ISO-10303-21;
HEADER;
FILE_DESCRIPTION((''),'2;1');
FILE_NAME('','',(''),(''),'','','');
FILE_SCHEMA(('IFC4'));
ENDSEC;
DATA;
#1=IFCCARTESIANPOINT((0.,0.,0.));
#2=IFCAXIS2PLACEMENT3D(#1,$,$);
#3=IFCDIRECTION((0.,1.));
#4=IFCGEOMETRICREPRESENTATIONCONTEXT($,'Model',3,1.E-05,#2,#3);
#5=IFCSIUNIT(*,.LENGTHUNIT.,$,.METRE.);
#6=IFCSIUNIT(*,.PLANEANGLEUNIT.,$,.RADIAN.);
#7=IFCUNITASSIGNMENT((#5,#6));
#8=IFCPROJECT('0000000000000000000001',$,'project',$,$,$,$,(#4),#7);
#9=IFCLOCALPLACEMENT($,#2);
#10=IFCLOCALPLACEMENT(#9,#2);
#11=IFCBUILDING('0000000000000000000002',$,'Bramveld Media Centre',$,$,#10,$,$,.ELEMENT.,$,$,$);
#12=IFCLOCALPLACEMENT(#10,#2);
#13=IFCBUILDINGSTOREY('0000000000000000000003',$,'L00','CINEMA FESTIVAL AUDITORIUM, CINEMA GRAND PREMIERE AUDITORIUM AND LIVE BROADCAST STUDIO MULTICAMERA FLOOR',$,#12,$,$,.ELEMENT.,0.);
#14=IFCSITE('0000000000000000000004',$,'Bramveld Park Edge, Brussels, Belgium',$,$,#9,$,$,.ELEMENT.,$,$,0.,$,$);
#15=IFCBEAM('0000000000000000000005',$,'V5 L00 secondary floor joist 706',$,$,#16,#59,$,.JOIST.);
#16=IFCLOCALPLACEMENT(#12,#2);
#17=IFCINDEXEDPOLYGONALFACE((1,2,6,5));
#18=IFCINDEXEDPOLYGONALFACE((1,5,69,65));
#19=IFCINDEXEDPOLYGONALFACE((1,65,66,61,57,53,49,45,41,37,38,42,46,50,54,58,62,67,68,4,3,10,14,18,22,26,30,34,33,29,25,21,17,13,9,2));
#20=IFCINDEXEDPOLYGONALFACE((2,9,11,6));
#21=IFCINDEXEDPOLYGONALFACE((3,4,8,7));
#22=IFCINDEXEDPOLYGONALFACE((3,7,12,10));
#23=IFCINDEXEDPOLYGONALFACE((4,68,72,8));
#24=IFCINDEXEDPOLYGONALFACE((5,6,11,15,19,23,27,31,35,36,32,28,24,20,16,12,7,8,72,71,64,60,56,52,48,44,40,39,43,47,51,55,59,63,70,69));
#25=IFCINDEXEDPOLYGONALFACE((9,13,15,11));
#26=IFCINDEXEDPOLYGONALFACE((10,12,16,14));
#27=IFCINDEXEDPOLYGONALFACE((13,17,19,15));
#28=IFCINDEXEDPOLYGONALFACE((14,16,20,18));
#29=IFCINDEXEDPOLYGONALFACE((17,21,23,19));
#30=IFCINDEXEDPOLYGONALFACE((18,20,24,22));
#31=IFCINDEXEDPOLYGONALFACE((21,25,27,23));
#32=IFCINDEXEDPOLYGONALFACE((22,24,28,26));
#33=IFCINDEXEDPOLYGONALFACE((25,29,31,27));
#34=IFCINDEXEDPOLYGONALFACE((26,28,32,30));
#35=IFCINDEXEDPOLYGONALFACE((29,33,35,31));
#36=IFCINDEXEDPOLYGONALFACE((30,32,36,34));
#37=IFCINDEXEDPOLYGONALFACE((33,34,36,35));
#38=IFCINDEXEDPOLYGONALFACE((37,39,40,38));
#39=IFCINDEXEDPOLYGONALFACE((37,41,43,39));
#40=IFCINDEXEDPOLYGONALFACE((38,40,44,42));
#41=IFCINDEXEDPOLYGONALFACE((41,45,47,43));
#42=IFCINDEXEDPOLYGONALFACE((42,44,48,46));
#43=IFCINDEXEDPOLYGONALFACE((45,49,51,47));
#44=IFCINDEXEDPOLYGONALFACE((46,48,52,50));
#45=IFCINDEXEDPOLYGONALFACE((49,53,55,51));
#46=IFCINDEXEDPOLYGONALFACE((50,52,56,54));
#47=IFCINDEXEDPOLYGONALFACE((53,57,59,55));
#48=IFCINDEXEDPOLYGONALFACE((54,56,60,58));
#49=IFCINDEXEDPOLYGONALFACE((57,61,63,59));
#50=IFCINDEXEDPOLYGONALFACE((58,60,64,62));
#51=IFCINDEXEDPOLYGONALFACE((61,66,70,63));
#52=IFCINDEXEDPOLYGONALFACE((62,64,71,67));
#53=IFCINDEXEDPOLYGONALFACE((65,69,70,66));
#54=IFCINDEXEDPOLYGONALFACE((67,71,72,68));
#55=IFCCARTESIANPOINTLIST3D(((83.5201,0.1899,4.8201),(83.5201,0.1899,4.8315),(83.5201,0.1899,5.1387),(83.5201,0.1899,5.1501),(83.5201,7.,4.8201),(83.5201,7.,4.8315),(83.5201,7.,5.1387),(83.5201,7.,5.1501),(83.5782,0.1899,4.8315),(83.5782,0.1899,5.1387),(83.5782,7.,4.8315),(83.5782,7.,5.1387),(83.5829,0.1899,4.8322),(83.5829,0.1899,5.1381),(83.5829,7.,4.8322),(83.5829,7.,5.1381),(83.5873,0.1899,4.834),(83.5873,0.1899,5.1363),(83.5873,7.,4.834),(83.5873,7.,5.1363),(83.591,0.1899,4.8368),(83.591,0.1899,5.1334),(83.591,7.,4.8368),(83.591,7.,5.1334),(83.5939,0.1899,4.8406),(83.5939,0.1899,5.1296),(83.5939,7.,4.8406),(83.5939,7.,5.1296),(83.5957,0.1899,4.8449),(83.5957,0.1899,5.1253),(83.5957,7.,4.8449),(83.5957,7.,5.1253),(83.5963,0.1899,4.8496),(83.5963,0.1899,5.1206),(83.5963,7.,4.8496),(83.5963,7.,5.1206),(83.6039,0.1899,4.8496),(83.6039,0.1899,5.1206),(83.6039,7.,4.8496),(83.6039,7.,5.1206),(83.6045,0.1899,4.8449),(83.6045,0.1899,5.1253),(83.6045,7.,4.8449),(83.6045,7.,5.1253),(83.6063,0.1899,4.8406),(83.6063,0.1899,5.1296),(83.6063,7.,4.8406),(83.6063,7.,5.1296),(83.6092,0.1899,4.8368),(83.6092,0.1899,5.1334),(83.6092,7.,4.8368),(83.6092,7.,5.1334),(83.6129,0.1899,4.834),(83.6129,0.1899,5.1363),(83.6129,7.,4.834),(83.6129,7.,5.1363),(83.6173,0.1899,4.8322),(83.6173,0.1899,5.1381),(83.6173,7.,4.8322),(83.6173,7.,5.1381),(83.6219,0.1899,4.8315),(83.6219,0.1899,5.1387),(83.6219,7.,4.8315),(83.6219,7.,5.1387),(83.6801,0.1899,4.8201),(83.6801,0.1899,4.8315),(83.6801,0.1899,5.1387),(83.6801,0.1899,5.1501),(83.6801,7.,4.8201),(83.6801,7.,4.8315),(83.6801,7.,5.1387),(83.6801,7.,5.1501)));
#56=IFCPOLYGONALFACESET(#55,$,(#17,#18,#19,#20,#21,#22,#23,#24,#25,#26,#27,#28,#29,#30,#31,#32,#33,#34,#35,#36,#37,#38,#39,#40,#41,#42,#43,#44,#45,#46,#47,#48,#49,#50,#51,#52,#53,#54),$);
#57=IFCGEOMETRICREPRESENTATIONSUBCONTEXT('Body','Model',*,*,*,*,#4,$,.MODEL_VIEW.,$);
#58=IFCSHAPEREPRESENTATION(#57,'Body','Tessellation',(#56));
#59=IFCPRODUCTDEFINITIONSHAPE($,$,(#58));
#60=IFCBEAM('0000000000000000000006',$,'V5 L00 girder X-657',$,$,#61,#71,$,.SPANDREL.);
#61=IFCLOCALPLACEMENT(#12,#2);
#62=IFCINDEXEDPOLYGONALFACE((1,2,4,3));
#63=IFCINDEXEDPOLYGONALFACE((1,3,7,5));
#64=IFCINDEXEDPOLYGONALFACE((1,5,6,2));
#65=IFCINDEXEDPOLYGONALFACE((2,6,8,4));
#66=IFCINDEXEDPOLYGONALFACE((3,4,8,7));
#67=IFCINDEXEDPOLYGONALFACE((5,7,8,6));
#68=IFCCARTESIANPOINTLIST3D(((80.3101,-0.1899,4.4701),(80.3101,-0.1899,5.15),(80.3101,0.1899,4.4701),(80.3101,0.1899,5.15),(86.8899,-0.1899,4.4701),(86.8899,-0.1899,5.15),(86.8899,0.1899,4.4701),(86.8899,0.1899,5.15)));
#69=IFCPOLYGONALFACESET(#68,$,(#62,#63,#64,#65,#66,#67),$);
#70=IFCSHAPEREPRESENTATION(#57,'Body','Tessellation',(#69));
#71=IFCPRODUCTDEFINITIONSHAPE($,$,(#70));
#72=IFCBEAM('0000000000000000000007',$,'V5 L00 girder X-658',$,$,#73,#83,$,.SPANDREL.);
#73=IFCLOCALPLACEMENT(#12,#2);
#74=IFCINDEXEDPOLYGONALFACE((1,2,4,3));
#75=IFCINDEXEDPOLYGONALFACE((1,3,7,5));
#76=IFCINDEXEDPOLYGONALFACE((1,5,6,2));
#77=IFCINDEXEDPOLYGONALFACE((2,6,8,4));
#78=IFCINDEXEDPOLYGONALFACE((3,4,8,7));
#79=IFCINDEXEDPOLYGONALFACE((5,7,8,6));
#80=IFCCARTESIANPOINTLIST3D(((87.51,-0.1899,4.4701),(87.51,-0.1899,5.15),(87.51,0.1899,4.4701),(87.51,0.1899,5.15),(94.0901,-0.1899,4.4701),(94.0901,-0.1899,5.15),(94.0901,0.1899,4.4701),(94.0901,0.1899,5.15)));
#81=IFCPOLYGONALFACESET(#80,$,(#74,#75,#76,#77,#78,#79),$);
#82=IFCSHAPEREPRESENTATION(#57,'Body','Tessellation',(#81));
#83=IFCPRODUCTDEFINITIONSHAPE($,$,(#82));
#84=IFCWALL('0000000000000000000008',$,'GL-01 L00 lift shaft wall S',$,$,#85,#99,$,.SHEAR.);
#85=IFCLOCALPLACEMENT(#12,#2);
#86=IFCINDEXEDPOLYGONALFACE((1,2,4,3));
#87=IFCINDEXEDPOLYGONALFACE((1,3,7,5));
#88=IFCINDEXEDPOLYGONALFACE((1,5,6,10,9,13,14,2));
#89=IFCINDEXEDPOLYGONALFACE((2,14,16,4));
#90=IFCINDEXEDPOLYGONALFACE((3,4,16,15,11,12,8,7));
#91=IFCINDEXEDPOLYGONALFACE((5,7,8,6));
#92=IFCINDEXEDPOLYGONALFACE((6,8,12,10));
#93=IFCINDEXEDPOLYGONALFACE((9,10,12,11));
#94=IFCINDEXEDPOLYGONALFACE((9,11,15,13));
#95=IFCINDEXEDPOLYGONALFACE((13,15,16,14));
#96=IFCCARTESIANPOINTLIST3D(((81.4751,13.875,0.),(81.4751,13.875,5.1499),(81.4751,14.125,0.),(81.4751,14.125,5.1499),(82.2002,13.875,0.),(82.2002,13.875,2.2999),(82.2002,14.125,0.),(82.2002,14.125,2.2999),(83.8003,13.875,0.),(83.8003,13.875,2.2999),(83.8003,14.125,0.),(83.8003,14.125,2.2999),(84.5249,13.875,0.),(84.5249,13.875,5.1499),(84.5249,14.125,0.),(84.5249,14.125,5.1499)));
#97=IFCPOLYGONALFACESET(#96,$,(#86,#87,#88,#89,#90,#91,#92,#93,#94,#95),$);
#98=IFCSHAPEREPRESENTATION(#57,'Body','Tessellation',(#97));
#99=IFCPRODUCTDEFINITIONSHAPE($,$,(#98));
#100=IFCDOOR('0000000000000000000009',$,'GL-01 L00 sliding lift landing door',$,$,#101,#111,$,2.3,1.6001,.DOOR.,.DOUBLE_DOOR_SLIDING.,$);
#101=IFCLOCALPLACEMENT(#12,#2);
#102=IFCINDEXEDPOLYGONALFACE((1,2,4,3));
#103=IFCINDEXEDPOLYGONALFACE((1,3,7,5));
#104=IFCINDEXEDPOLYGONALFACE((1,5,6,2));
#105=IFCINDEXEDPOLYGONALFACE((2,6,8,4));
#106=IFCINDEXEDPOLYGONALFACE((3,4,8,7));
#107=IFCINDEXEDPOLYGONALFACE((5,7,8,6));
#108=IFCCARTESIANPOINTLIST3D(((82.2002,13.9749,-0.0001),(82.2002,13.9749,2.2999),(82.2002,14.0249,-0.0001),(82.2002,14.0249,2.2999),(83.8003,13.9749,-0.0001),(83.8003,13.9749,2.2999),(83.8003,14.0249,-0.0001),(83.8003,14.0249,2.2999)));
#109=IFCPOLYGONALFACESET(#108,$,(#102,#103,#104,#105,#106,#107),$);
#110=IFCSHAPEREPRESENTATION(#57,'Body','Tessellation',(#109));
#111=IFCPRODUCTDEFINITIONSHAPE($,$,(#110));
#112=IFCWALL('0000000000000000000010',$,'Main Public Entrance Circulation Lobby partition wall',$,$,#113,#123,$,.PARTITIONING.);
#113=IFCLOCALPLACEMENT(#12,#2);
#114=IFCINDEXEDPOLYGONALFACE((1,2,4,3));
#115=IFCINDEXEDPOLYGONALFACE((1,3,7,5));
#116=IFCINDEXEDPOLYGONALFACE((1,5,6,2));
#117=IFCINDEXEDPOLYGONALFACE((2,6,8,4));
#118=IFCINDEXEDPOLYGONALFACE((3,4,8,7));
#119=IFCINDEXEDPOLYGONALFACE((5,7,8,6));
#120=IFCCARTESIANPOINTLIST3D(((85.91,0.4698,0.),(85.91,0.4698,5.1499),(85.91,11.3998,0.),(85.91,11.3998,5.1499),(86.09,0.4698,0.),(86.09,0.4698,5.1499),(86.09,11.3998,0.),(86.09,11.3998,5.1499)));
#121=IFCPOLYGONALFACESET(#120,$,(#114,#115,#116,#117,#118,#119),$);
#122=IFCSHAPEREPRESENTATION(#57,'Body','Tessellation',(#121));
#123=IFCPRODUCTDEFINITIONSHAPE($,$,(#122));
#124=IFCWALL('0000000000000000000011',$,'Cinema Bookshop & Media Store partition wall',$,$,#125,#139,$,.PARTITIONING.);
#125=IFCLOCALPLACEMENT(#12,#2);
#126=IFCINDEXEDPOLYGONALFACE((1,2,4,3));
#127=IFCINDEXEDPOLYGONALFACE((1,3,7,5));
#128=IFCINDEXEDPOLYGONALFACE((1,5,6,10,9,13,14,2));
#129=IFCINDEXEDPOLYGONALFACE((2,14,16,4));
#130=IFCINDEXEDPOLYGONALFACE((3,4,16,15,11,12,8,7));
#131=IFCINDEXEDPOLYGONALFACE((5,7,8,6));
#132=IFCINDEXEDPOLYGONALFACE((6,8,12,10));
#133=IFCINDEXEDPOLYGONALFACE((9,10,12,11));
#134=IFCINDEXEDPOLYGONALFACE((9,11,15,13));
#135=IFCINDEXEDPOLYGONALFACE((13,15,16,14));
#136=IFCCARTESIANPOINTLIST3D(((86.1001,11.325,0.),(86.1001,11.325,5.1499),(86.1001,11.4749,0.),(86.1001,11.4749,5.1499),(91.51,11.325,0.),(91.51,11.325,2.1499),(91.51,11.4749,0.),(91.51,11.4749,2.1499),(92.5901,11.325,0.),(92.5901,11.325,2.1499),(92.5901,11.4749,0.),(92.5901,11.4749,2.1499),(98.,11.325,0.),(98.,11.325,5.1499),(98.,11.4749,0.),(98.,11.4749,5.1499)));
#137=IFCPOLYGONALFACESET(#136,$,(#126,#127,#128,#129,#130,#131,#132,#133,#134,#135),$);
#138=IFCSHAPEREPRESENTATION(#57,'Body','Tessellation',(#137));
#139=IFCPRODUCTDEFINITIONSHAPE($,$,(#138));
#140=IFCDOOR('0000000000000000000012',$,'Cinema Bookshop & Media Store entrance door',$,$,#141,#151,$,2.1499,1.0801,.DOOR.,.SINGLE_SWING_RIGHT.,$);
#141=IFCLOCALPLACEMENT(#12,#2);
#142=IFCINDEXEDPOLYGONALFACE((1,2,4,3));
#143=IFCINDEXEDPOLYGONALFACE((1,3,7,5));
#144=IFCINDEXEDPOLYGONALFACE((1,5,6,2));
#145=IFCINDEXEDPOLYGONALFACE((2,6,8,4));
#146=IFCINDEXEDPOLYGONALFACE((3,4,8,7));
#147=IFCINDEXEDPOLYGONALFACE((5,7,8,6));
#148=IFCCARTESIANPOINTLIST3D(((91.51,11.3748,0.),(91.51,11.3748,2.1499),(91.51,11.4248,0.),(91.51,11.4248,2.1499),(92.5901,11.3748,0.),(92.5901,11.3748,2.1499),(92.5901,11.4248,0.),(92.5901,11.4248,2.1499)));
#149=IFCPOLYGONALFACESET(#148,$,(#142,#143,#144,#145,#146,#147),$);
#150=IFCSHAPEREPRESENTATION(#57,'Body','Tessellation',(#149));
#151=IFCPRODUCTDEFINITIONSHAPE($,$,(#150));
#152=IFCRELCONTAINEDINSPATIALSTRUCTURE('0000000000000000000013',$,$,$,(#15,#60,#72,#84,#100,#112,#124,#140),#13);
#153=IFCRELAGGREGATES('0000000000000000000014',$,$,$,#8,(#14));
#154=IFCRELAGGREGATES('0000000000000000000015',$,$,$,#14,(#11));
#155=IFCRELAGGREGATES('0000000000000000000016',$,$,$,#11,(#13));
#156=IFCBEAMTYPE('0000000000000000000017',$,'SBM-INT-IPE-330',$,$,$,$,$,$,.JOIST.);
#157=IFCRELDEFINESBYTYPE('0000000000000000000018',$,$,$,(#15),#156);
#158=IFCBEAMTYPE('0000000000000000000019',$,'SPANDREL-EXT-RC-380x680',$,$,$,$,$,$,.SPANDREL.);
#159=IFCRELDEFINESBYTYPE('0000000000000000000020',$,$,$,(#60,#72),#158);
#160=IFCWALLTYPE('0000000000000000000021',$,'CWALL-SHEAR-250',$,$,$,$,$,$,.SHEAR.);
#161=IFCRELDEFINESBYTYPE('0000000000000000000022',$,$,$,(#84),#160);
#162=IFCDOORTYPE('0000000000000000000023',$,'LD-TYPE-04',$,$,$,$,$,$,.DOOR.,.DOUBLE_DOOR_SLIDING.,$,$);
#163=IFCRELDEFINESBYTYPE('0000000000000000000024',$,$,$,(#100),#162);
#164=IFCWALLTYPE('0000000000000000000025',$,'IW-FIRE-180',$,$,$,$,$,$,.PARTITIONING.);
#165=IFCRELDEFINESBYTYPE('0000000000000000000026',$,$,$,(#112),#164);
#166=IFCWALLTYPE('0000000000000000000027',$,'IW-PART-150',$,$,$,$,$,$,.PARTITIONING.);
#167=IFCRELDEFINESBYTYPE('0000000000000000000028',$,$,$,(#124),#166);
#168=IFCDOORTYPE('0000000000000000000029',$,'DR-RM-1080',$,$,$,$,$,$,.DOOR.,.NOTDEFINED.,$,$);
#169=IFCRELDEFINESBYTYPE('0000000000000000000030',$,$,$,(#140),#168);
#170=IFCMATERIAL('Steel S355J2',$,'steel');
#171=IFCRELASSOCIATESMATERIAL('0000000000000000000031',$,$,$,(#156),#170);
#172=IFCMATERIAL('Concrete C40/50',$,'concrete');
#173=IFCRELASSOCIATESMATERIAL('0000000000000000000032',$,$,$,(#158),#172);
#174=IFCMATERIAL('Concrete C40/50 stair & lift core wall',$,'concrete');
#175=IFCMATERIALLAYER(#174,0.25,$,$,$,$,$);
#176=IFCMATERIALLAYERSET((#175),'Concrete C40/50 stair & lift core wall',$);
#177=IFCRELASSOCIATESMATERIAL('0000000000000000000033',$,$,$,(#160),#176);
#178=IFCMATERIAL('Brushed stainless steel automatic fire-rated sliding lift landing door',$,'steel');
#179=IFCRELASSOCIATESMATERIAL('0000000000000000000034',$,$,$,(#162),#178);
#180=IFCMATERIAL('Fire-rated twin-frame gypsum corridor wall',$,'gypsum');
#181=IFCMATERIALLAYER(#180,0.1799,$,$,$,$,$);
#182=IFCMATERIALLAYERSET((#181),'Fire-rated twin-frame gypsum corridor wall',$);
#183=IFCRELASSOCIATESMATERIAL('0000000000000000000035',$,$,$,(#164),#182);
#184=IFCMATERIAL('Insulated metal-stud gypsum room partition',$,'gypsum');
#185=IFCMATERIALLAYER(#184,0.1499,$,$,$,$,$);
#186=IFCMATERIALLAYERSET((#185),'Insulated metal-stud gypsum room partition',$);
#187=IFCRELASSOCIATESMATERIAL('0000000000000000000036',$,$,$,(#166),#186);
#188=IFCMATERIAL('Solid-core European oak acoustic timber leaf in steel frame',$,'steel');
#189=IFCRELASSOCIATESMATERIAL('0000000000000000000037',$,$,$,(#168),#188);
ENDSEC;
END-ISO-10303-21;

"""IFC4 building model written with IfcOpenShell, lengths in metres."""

from ifc_helpers import new_model, si_unit, direction, frame, frame_2d, origin, origin_2d, place, context, subcontext, project, spatial, rectangle, i_section, extrude, material, layer, layer_set, material_profile, profile_set, type_object, element, fill, save


model = new_model("IFC4")

# Units and contexts
model_context = context("Model", 3, precision=1e-05, world=origin(), true_north=direction((0.0, 1.0)))
body_context = subcontext(model_context, "Body", "Model", "MODEL_VIEW")
ifc_project = project(units=[si_unit("LENGTHUNIT", "METRE"), si_unit("PLANEANGLEUNIT", "RADIAN")], contexts=[model_context])

# Site, building, storey
site_placement = place(None, origin())
site = spatial("IfcSite", under=ifc_project, at=site_placement, Name="Bramveld Park Edge, Brussels, Belgium", CompositionType="ELEMENT", RefElevation=0.0)
building_placement = place(site_placement, origin())
building = spatial("IfcBuilding", under=site, at=building_placement, Name="Bramveld Media Centre", CompositionType="ELEMENT")
storey_placement = place(building_placement, origin())
storey = spatial("IfcBuildingStorey", under=building, at=storey_placement, Name="L00", Description="CINEMA FESTIVAL AUDITORIUM, CINEMA GRAND PREMIERE AUDITORIUM AND LIVE BROADCAST STUDIO MULTICAMERA FLOOR", CompositionType="ELEMENT", Elevation=0.0)

# Beams
ifc_material_1 = material(Name="Steel S355J2", Category="steel")
ifc_material_profile_1 = material_profile(ifc_material_1, i_section(OverallWidth=0.1599, OverallDepth=0.3301, WebThickness=0.0076, FlangeThickness=0.0115, FilletRadius=0.0181, at=origin_2d()), Name="IPE 330")
ifc_profile_set_1 = profile_set([ifc_material_profile_1], Name="Steel S355J2")
beam_type_1 = type_object("IfcBeamType", Name="SBM-INT-IPE-330", PredefinedType="JOIST", material=ifc_profile_set_1)
beam_1_placement = place(storey_placement, frame((83.6001, 0.1899, 4.9851), z_axis=(0.0, 1.0, 0.0), x_axis=(-1.0, 0.0, 0.0)))
element("IfcBeam", 1, at=beam_1_placement, inside=storey, type_object=beam_type_1, Name="V5 L00 secondary floor joist 706", PredefinedType="JOIST", context=body_context, shape_type="SweptSolid", body=[
    extrude(i_section(OverallWidth=0.1599, OverallDepth=0.3301, WebThickness=0.0076, FlangeThickness=0.0115, FilletRadius=0.0181, at=origin_2d()), origin(), (0.0, 0.0, 1.0), 6.8101),
])
ifc_material_2 = material(Name="Concrete C40/50", Category="concrete")
ifc_material_profile_2 = material_profile(ifc_material_2, rectangle(XDim=0.3799, YDim=0.6799, at=origin_2d()), Name="RC 380x680")
ifc_profile_set_2 = profile_set([ifc_material_profile_2], Name="Concrete C40/50")
beam_type_2 = type_object("IfcBeamType", Name="SPANDREL-EXT-RC-380x680", PredefinedType="SPANDREL", material=ifc_profile_set_2)
beam_2_placement = place(storey_placement, frame((80.3101, 0.0, 4.8101), z_axis=(1.0, 0.0, 0.0), x_axis=(0.0, 1.0, 0.0)))
element("IfcBeam", 2, at=beam_2_placement, inside=storey, type_object=beam_type_2, Name="V5 L00 girder X-657", PredefinedType="SPANDREL", context=body_context, shape_type="SweptSolid", body=[
    extrude(rectangle(XDim=0.3799, YDim=0.6799, at=origin_2d()), origin(), (0.0, 0.0, 1.0), 6.5798),
])
beam_3_placement = place(storey_placement, frame((87.51, 0.0, 4.8101), z_axis=(1.0, 0.0, 0.0), x_axis=(0.0, 1.0, 0.0)))
element("IfcBeam", 3, at=beam_3_placement, inside=storey, type_object=beam_type_2, Name="V5 L00 girder X-658", PredefinedType="SPANDREL", context=body_context, shape_type="SweptSolid", body=[
    extrude(rectangle(XDim=0.3799, YDim=0.6799, at=origin_2d()), origin(), (0.0, 0.0, 1.0), 6.5801),
])

# Wall, opening, door
ifc_material_3 = material(Name="Concrete C40/50 stair & lift core wall", Category="concrete")
ifc_layer_1 = layer(ifc_material_3, 0.25)
ifc_layer_set_1 = layer_set([ifc_layer_1], Name="Concrete C40/50 stair & lift core wall")
wall_type_1 = type_object("IfcWallType", Name="CWALL-SHEAR-250", PredefinedType="SHEAR", material=ifc_layer_set_1)
wall_1_placement = place(storey_placement, frame((81.4751, 14.0, 0.0), z_axis=(0.0, 0.0, 1.0), x_axis=(1.0, 0.0, 0.0)))
wall_1 = element("IfcWall", 4, at=wall_1_placement, inside=storey, type_object=wall_type_1, Name="GL-01 L00 lift shaft wall S", PredefinedType="SHEAR", context=body_context, shape_type="SweptSolid", body=[
    extrude(rectangle(XDim=3.0498, YDim=0.25, at=frame_2d((1.5249, 0.0))), origin(), (0.0, 0.0, 1.0), 5.1499),
])
opening_1_placement = place(wall_1_placement, frame((0.7251, 0.0, 0.0)))
opening_1 = element("IfcOpeningElement", 5, at=opening_1_placement, cuts=wall_1, PredefinedType="OPENING", context=body_context, shape_type="SweptSolid", body=[
    extrude(rectangle(XDim=1.6001, YDim=2.3, at=frame_2d((0.8, 1.1499))), frame((0.0, 0.137, 0.0), z_axis=(0.0, -1.0, 0.0), x_axis=(1.0, 0.0, 0.0)), (0.0, 0.0, 1.0), 0.2739),
])
ifc_material_4 = material(Name="Brushed stainless steel automatic fire-rated sliding lift landing door", Category="steel")
door_type_1 = type_object("IfcDoorType", Name="LD-TYPE-04", OperationType="DOUBLE_DOOR_SLIDING", PredefinedType="DOOR", material=ifc_material_4)
door_1_placement = place(opening_1_placement, origin())
door_1 = element("IfcDoor", 6, at=door_1_placement, inside=storey, type_object=door_type_1, Name="GL-01 L00 sliding lift landing door", OperationType="DOUBLE_DOOR_SLIDING", OverallHeight=2.3, OverallWidth=1.6001, PredefinedType="DOOR", context=body_context, shape_type="SweptSolid", body=[
    extrude(rectangle(XDim=1.6001, YDim=2.3, at=frame_2d((0.8, 1.1499))), frame((0.0, 0.0249, 0.0), z_axis=(0.0, -1.0, 0.0), x_axis=(1.0, 0.0, 0.0)), (0.0, 0.0, 1.0), 0.05),
])
fill(opening_1, door_1)

# Wall
ifc_material_5 = material(Name="Fire-rated twin-frame gypsum corridor wall", Category="gypsum")
ifc_layer_2 = layer(ifc_material_5, 0.1799)
ifc_layer_set_2 = layer_set([ifc_layer_2], Name="Fire-rated twin-frame gypsum corridor wall")
wall_type_2 = type_object("IfcWallType", Name="IW-FIRE-180", PredefinedType="PARTITIONING", material=ifc_layer_set_2)
wall_2_placement = place(storey_placement, frame((86.0, 0.47, 0.0), z_axis=(0.0, 0.0, 1.0), x_axis=(0.0, 1.0, 0.0)))
element("IfcWall", 7, at=wall_2_placement, inside=storey, type_object=wall_type_2, Name="Main Public Entrance Circulation Lobby partition wall", PredefinedType="PARTITIONING", context=body_context, shape_type="SweptSolid", body=[
    extrude(rectangle(XDim=10.9299, YDim=0.1799, at=frame_2d((5.4648, 0.0))), origin(), (0.0, 0.0, 1.0), 5.1499),
])

# Wall, opening, door
ifc_material_6 = material(Name="Insulated metal-stud gypsum room partition", Category="gypsum")
ifc_layer_3 = layer(ifc_material_6, 0.1499)
ifc_layer_set_3 = layer_set([ifc_layer_3], Name="Insulated metal-stud gypsum room partition")
wall_type_3 = type_object("IfcWallType", Name="IW-PART-150", PredefinedType="PARTITIONING", material=ifc_layer_set_3)
wall_3_placement = place(storey_placement, frame((86.1001, 11.3999, 0.0), z_axis=(0.0, 0.0, 1.0), x_axis=(1.0, 0.0, 0.0)))
wall_3 = element("IfcWall", 8, at=wall_3_placement, inside=storey, type_object=wall_type_3, Name="Cinema Bookshop & Media Store partition wall", PredefinedType="PARTITIONING", context=body_context, shape_type="SweptSolid", body=[
    extrude(rectangle(XDim=11.8999, YDim=0.1499, at=frame_2d((5.95, 0.0))), origin(), (0.0, 0.0, 1.0), 5.1499),
])
opening_2_placement = place(wall_3_placement, frame((5.4099, 0.0, 0.0)))
opening_2 = element("IfcOpeningElement", 9, at=opening_2_placement, cuts=wall_3, PredefinedType="OPENING", context=body_context, shape_type="SweptSolid", body=[
    extrude(rectangle(XDim=1.0801, YDim=2.1499, at=frame_2d((0.54, 1.075))), frame((0.0, 0.0869, 0.0), z_axis=(0.0, -1.0, 0.0), x_axis=(1.0, 0.0, 0.0)), (0.0, 0.0, 1.0), 0.1738),
])
ifc_material_7 = material(Name="Solid-core European oak acoustic timber leaf in steel frame", Category="steel")
door_type_2 = type_object("IfcDoorType", Name="DR-RM-1080", OperationType="NOTDEFINED", PredefinedType="DOOR", material=ifc_material_7)
door_2_placement = place(opening_2_placement, origin())
door_2 = element("IfcDoor", 10, at=door_2_placement, inside=storey, type_object=door_type_2, Name="Cinema Bookshop & Media Store entrance door", OperationType="SINGLE_SWING_RIGHT", OverallHeight=2.1499, OverallWidth=1.0801, PredefinedType="DOOR", context=body_context, shape_type="SweptSolid", body=[
    extrude(rectangle(XDim=1.0801, YDim=2.1499, at=frame_2d((0.54, 1.075))), frame((0.0, 0.0249, 0.0), z_axis=(0.0, -1.0, 0.0), x_axis=(1.0, 0.0, 0.0)), (0.0, 0.0, 1.0), 0.05),
])
fill(opening_2, door_2)

save(model, "model.ifc")
